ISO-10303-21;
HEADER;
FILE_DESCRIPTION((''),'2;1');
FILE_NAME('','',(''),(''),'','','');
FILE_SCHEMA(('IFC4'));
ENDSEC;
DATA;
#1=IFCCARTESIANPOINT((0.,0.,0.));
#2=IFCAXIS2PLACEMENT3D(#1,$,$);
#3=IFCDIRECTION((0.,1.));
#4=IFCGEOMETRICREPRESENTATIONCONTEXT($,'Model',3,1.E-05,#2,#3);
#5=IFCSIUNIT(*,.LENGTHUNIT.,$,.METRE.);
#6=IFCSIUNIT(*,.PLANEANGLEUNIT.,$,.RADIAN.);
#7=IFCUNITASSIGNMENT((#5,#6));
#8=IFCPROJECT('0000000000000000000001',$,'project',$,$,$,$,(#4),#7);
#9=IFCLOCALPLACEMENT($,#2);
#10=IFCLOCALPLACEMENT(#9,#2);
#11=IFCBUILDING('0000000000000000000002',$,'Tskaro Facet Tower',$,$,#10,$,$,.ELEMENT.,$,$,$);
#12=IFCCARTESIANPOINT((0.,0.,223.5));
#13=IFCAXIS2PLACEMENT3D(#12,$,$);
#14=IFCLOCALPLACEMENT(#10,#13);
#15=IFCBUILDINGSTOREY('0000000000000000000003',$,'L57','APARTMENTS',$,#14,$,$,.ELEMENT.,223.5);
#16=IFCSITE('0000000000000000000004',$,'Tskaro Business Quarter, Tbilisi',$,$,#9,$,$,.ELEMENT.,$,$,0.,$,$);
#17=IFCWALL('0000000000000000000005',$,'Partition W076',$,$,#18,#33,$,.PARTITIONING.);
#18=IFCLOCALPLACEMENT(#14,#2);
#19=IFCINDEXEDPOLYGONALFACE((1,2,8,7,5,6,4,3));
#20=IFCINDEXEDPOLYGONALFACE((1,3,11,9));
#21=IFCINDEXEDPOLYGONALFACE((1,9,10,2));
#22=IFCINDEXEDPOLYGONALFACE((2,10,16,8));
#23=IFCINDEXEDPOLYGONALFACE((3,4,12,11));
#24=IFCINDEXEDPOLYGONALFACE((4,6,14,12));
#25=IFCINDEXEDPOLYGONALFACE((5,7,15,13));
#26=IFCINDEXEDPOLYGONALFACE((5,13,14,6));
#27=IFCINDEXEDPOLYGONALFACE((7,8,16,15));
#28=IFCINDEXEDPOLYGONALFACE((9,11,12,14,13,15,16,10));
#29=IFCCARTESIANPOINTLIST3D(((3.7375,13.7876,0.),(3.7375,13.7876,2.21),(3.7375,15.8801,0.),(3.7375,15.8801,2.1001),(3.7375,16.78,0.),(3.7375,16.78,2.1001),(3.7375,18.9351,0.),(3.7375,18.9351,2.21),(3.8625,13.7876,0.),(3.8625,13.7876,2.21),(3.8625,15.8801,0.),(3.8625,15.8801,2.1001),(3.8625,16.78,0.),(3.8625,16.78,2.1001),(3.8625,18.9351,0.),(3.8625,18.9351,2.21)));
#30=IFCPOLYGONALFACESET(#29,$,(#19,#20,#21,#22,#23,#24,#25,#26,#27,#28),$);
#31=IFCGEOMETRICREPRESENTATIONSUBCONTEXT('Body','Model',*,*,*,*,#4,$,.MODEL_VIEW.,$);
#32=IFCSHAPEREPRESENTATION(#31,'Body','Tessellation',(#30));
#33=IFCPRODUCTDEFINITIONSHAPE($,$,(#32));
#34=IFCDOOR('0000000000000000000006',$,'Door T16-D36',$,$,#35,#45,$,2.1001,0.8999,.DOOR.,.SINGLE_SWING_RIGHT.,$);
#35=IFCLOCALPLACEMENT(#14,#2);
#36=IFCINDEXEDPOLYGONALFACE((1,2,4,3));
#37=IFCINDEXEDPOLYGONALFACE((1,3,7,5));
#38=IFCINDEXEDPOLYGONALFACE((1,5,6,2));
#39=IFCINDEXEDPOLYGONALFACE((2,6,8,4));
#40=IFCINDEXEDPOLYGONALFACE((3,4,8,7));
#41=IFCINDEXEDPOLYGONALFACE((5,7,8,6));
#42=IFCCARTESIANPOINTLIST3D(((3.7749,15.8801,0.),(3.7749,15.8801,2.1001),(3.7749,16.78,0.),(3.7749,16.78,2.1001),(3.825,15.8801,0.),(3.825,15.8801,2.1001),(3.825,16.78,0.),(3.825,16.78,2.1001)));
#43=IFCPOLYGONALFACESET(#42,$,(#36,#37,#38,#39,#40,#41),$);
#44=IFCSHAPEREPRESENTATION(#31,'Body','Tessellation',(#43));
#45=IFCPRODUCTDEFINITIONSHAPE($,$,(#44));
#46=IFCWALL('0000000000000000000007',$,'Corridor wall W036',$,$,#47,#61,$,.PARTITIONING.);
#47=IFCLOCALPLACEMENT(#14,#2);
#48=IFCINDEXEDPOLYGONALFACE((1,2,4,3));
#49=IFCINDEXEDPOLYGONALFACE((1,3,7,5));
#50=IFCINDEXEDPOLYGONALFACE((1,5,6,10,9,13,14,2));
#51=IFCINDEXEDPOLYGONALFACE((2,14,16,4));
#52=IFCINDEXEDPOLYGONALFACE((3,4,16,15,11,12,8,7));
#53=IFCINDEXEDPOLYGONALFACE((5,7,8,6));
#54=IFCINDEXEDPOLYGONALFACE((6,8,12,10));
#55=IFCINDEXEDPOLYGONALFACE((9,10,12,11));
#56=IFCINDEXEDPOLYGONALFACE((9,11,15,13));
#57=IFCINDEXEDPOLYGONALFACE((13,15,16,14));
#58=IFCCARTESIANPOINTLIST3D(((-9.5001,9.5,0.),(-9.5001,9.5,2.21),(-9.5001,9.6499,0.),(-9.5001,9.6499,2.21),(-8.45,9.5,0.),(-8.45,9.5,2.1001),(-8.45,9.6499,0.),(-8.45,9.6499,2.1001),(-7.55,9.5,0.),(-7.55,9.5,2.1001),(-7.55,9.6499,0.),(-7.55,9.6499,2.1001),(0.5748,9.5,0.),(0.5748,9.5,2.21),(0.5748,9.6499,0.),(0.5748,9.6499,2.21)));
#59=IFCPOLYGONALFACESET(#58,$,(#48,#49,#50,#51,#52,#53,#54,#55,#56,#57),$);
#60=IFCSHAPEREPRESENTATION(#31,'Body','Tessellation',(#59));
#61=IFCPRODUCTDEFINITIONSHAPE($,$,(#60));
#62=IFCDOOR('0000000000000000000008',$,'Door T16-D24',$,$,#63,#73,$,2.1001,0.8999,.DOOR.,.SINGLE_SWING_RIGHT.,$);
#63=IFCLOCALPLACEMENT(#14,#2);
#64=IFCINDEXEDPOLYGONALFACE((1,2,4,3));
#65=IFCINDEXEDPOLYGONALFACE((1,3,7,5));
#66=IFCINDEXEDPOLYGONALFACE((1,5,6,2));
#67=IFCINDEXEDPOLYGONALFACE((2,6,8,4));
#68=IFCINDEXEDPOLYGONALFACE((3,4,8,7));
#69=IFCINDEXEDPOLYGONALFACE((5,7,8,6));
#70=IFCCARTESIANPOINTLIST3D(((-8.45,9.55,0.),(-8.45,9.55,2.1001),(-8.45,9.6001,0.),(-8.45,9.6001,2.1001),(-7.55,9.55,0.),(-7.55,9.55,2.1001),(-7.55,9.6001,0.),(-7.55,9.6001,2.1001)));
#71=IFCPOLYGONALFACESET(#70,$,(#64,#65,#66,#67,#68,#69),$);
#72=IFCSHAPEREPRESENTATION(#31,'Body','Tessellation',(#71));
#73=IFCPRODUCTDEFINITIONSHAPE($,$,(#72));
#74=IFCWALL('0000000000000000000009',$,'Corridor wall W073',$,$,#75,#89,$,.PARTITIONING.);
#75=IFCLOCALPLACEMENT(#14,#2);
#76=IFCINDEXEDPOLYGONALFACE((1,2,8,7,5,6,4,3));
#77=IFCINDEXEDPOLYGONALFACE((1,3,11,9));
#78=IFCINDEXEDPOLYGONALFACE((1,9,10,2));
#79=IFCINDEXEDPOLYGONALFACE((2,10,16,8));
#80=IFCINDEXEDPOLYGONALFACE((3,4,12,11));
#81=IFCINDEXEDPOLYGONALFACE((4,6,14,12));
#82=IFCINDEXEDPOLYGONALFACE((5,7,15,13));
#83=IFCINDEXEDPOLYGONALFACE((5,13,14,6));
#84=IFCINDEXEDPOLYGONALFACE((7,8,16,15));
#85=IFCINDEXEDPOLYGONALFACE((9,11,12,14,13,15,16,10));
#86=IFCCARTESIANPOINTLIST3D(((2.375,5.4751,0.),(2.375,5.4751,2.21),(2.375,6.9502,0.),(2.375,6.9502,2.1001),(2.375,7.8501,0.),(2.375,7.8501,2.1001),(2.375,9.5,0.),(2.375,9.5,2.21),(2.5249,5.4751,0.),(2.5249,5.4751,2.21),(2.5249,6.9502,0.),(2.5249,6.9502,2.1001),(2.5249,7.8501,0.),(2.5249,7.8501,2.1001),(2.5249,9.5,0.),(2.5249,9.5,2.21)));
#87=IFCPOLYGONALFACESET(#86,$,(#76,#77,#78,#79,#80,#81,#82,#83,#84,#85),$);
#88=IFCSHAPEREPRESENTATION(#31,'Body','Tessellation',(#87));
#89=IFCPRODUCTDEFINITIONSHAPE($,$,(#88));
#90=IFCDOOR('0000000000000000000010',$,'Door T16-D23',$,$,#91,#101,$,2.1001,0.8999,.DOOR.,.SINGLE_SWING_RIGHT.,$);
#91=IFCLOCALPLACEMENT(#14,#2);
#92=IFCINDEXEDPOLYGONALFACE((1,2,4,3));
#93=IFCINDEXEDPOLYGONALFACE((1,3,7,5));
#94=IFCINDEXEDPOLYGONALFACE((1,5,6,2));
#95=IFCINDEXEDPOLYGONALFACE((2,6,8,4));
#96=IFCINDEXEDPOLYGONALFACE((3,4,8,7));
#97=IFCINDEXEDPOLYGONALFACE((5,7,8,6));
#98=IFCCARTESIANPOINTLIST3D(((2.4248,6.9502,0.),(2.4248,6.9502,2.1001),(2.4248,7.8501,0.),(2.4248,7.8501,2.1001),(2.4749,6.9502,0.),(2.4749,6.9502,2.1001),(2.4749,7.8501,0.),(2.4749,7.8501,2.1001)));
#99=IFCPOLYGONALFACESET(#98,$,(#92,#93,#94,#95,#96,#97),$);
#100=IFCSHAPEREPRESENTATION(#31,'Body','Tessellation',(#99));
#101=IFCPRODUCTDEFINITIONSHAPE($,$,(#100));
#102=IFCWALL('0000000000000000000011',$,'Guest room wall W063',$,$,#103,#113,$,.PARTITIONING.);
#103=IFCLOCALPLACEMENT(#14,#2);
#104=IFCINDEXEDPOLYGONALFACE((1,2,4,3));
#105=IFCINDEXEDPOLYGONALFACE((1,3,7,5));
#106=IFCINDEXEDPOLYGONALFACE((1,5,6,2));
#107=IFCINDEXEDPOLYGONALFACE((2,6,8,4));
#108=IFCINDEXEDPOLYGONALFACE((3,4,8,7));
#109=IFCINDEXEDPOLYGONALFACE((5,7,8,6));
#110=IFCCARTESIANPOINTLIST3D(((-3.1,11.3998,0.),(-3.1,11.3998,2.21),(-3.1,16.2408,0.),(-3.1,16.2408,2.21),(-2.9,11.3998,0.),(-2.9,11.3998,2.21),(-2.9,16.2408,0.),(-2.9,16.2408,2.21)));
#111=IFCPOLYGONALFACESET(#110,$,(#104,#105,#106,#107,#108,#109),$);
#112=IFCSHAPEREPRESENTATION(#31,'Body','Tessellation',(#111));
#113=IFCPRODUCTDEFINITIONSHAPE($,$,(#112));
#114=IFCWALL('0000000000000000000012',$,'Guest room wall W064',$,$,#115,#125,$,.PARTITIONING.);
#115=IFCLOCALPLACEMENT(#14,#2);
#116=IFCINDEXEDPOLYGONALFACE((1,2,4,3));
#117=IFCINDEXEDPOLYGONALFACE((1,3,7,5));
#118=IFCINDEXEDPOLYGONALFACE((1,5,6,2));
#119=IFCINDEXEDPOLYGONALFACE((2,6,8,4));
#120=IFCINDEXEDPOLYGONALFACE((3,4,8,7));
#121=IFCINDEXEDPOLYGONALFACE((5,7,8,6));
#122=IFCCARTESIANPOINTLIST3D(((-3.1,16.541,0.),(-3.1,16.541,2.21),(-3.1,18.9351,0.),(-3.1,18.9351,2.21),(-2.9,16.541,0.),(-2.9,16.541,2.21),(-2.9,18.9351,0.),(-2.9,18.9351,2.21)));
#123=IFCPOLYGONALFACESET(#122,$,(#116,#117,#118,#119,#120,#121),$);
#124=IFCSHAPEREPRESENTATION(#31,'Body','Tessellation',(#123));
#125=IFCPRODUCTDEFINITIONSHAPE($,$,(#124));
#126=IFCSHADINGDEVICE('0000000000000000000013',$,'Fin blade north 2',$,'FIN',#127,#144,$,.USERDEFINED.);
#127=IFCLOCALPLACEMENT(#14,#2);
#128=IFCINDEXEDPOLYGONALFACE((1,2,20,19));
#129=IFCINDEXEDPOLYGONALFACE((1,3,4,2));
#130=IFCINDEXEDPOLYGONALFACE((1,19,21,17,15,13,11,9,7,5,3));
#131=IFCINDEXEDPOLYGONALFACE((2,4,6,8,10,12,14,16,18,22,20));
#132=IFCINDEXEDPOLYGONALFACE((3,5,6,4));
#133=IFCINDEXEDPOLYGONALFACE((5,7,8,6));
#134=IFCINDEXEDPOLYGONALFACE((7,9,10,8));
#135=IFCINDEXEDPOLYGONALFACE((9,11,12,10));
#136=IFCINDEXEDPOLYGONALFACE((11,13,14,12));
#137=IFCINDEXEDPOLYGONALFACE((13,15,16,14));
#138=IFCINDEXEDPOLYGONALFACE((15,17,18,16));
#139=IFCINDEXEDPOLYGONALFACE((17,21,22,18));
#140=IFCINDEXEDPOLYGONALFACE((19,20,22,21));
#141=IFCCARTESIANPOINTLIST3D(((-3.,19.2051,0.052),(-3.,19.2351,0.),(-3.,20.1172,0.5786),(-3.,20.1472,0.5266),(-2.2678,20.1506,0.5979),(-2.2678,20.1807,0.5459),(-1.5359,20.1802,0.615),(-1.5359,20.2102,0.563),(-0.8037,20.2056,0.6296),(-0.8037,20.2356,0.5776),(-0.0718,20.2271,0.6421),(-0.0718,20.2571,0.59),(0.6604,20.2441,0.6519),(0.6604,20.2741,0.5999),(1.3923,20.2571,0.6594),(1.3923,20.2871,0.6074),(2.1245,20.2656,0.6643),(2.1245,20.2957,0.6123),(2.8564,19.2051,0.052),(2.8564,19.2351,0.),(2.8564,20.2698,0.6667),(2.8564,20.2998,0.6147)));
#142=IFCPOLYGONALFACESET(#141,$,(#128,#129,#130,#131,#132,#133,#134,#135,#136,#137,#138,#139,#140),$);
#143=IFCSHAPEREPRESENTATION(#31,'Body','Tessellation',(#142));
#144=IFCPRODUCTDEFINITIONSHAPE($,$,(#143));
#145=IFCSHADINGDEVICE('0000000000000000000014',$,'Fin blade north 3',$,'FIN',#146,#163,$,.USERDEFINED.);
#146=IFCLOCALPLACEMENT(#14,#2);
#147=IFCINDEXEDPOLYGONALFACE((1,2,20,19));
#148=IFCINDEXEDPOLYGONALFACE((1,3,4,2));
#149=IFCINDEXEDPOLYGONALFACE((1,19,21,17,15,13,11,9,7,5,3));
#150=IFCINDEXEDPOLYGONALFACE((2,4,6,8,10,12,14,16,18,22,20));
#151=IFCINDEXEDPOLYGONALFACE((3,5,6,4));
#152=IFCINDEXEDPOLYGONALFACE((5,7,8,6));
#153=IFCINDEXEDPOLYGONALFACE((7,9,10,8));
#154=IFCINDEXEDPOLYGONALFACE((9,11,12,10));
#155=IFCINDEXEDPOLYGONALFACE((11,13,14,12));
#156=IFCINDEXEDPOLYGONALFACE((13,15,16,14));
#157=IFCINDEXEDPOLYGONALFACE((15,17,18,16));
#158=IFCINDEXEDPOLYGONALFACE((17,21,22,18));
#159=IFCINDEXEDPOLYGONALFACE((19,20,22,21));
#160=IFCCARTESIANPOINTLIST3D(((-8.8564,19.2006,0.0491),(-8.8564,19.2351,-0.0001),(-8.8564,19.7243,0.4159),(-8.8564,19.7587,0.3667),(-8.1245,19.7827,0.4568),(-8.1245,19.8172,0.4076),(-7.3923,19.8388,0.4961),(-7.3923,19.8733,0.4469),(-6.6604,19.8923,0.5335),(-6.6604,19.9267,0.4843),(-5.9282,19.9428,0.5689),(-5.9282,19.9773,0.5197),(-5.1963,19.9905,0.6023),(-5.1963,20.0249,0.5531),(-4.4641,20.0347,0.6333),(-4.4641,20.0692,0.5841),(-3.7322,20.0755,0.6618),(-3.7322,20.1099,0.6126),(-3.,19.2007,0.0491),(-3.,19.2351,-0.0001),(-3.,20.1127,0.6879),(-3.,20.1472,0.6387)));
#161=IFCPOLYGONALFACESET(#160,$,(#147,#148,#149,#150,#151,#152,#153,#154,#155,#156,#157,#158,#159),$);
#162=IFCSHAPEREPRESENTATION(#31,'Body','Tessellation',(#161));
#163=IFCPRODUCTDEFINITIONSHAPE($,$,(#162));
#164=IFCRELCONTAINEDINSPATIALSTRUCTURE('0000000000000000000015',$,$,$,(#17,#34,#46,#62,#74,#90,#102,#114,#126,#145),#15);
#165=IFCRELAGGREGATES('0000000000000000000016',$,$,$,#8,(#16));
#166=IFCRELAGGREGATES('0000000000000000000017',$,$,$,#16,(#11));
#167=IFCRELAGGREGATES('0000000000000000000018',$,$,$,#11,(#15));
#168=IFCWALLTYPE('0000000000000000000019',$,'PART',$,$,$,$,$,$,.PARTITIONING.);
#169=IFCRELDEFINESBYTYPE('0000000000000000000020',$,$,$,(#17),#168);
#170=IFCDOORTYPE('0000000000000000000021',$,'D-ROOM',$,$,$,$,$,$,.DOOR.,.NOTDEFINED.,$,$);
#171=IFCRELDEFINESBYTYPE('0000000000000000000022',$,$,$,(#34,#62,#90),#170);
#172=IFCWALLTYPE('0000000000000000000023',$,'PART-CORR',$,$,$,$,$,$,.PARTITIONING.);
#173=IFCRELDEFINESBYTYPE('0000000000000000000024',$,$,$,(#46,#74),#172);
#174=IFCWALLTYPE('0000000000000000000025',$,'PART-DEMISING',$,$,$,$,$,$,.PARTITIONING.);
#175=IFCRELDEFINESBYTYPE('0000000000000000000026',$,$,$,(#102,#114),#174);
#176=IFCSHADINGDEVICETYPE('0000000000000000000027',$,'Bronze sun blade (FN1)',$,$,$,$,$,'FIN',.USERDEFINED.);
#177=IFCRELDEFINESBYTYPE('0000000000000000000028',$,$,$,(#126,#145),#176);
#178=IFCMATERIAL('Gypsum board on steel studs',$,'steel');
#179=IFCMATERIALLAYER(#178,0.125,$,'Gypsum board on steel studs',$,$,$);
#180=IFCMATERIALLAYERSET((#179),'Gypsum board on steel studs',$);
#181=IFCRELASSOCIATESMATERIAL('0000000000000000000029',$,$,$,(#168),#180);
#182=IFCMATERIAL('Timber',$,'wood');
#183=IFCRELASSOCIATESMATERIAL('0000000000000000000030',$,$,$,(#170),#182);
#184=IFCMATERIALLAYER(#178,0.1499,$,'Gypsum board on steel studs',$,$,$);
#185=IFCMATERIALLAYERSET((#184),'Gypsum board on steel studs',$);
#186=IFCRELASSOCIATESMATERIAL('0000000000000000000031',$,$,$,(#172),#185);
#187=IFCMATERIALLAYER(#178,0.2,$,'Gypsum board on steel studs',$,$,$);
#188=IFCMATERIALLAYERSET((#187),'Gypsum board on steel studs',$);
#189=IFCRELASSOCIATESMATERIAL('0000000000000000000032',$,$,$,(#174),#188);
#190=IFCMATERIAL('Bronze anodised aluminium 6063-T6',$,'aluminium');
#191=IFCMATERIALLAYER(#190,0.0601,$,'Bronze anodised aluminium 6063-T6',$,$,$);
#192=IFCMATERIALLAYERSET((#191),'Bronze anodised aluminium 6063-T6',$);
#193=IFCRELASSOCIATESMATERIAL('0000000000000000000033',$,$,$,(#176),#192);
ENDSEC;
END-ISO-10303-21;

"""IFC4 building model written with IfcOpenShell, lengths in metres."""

from ifc_helpers import new_model, si_unit, direction, frame, frame_2d, origin, place, context, subcontext, project, spatial, polyline, rectangle, outline, extrude, material, layer, layer_set, type_object, element, fill, save


model = new_model("IFC4")

# Units and contexts
model_context = context("Model", 3, precision=1e-05, world=origin(), true_north=direction((0.0, 1.0)))
body_context = subcontext(model_context, "Body", "Model", "MODEL_VIEW")
ifc_project = project(units=[si_unit("LENGTHUNIT", "METRE"), si_unit("PLANEANGLEUNIT", "RADIAN")], contexts=[model_context])

# Site, building, storey
site_placement = place(None, origin())
site = spatial("IfcSite", under=ifc_project, at=site_placement, Name="Tskaro Business Quarter, Tbilisi", CompositionType="ELEMENT", RefElevation=0.0)
building_placement = place(site_placement, origin())
building = spatial("IfcBuilding", under=site, at=building_placement, Name="Tskaro Facet Tower", CompositionType="ELEMENT")
storey_placement = place(building_placement, frame((0.0, 0.0, 223.5)))
storey = spatial("IfcBuildingStorey", under=building, at=storey_placement, Name="L57", Description="APARTMENTS", CompositionType="ELEMENT", Elevation=223.5)

# Shared definitions
ifc_material_1 = material(Name="Bronze anodised aluminium 6063-T6", Category="aluminium")

# Shared definitions
ifc_material_2 = material(Name="Gypsum board on steel studs", Category="steel")
ifc_layer_1 = layer(ifc_material_2, 0.125, Name="Gypsum board on steel studs")
ifc_layer_set_1 = layer_set([ifc_layer_1], Name="Gypsum board on steel studs")
wall_type_1 = type_object("IfcWallType", Name="PART", PredefinedType="PARTITIONING", material=ifc_layer_set_1)

# Shared definitions
ifc_material_3 = material(Name="Timber", Category="wood")
door_type_1 = type_object("IfcDoorType", Name="D-ROOM", OperationType="NOTDEFINED", PredefinedType="DOOR", material=ifc_material_3)

# Walls, openings, doors
wall_1_placement = place(storey_placement, frame((3.8, 18.9351, 0.0), z_axis=(0.0, 0.0, 1.0), x_axis=(0.0, -1.0, 0.0)))
wall_1 = element("IfcWall", 1, at=wall_1_placement, inside=storey, type_object=wall_type_1, Name="Partition W076", PredefinedType="PARTITIONING", context=body_context, shape_type="SweptSolid", body=[
    extrude(rectangle(XDim=5.1475, YDim=0.125, at=frame_2d((2.5737, 0.0))), origin(), (0.0, 0.0, 1.0), 2.21),
])
opening_1_placement = place(wall_1_placement, frame((2.155, 0.0, 0.0)))
opening_1 = element("IfcOpeningElement", 2, at=opening_1_placement, cuts=wall_1, PredefinedType="OPENING", context=body_context, shape_type="SweptSolid", body=[
    extrude(rectangle(XDim=0.8999, YDim=2.1001, at=frame_2d((0.45, 1.05))), frame((0.0, 0.0725, 0.0), z_axis=(0.0, -1.0, 0.0), x_axis=(1.0, 0.0, 0.0)), (0.0, 0.0, 1.0), 0.145),
])
door_1_placement = place(opening_1_placement, origin())
door_1 = element("IfcDoor", 3, at=door_1_placement, inside=storey, type_object=door_type_1, Name="Door T16-D36", OperationType="SINGLE_SWING_RIGHT", OverallHeight=2.1001, OverallWidth=0.8999, PredefinedType="DOOR", context=body_context, shape_type="SweptSolid", body=[
    extrude(rectangle(XDim=0.8999, YDim=2.1001, at=frame_2d((0.45, 1.05))), frame((0.0, 0.0249, 0.0), z_axis=(0.0, -1.0, 0.0), x_axis=(1.0, 0.0, 0.0)), (0.0, 0.0, 1.0), 0.05),
])
fill(opening_1, door_1)
ifc_layer_2 = layer(ifc_material_2, 0.1499, Name="Gypsum board on steel studs")
ifc_layer_set_2 = layer_set([ifc_layer_2], Name="Gypsum board on steel studs")
wall_type_2 = type_object("IfcWallType", Name="PART-CORR", PredefinedType="PARTITIONING", material=ifc_layer_set_2)
wall_2_placement = place(storey_placement, frame((0.575, 9.575, 0.0), z_axis=(0.0, 0.0, 1.0), x_axis=(-1.0, 0.0, 0.0)))
wall_2 = element("IfcWall", 4, at=wall_2_placement, inside=storey, type_object=wall_type_2, Name="Corridor wall W036", PredefinedType="PARTITIONING", context=body_context, shape_type="SweptSolid", body=[
    extrude(rectangle(XDim=10.075, YDim=0.1499, at=frame_2d((5.0376, 0.0))), origin(), (0.0, 0.0, 1.0), 2.21),
])
opening_2_placement = place(wall_2_placement, frame((8.125, 0.0, 0.0)))
opening_2 = element("IfcOpeningElement", 5, at=opening_2_placement, cuts=wall_2, PredefinedType="OPENING", context=body_context, shape_type="SweptSolid", body=[
    extrude(rectangle(XDim=0.8999, YDim=2.1001, at=frame_2d((0.45, 1.05))), frame((0.0, 0.085, 0.0), z_axis=(0.0, -1.0, 0.0), x_axis=(1.0, 0.0, 0.0)), (0.0, 0.0, 1.0), 0.1699),
])
door_2_placement = place(opening_2_placement, origin())
door_2 = element("IfcDoor", 6, at=door_2_placement, inside=storey, type_object=door_type_1, Name="Door T16-D24", OperationType="SINGLE_SWING_RIGHT", OverallHeight=2.1001, OverallWidth=0.8999, PredefinedType="DOOR", context=body_context, shape_type="SweptSolid", body=[
    extrude(rectangle(XDim=0.8999, YDim=2.1001, at=frame_2d((0.45, 1.05))), frame((0.0, 0.0249, 0.0), z_axis=(0.0, -1.0, 0.0), x_axis=(1.0, 0.0, 0.0)), (0.0, 0.0, 1.0), 0.05),
])
fill(opening_2, door_2)
wall_3_placement = place(storey_placement, frame((2.45, 9.5, 0.0), z_axis=(0.0, 0.0, 1.0), x_axis=(0.0, -1.0, 0.0)))
wall_3 = element("IfcWall", 7, at=wall_3_placement, inside=storey, type_object=wall_type_2, Name="Corridor wall W073", PredefinedType="PARTITIONING", context=body_context, shape_type="SweptSolid", body=[
    extrude(rectangle(XDim=4.0249, YDim=0.1499, at=frame_2d((2.0125, 0.0))), origin(), (0.0, 0.0, 1.0), 2.21),
])
opening_3_placement = place(wall_3_placement, frame((1.6499, 0.0, 0.0)))
opening_3 = element("IfcOpeningElement", 8, at=opening_3_placement, cuts=wall_3, PredefinedType="OPENING", context=body_context, shape_type="SweptSolid", body=[
    extrude(rectangle(XDim=0.8999, YDim=2.1001, at=frame_2d((0.45, 1.05))), frame((0.0, 0.085, 0.0), z_axis=(0.0, -1.0, 0.0), x_axis=(1.0, 0.0, 0.0)), (0.0, 0.0, 1.0), 0.1699),
])
door_3_placement = place(opening_3_placement, origin())
door_3 = element("IfcDoor", 9, at=door_3_placement, inside=storey, type_object=door_type_1, Name="Door T16-D23", OperationType="SINGLE_SWING_RIGHT", OverallHeight=2.1001, OverallWidth=0.8999, PredefinedType="DOOR", context=body_context, shape_type="SweptSolid", body=[
    extrude(rectangle(XDim=0.8999, YDim=2.1001, at=frame_2d((0.45, 1.05))), frame((0.0, 0.0249, 0.0), z_axis=(0.0, -1.0, 0.0), x_axis=(1.0, 0.0, 0.0)), (0.0, 0.0, 1.0), 0.05),
])
fill(opening_3, door_3)

# Walls
ifc_layer_3 = layer(ifc_material_2, 0.2, Name="Gypsum board on steel studs")
ifc_layer_set_3 = layer_set([ifc_layer_3], Name="Gypsum board on steel studs")
wall_type_3 = type_object("IfcWallType", Name="PART-DEMISING", PredefinedType="PARTITIONING", material=ifc_layer_set_3)
wall_4_placement = place(storey_placement, frame((-3.0, 11.3999, 0.0), z_axis=(0.0, 0.0, 1.0), x_axis=(0.0, 1.0, 0.0)))
element("IfcWall", 10, at=wall_4_placement, inside=storey, type_object=wall_type_3, Name="Guest room wall W063", PredefinedType="PARTITIONING", context=body_context, shape_type="SweptSolid", body=[
    extrude(rectangle(XDim=4.8411, YDim=0.2, at=frame_2d((2.4204, 0.0))), origin(), (0.0, 0.0, 1.0), 2.21),
])
wall_5_placement = place(storey_placement, frame((-3.0, 16.541, 0.0), z_axis=(0.0, 0.0, 1.0), x_axis=(0.0, 1.0, 0.0)))
element("IfcWall", 11, at=wall_5_placement, inside=storey, type_object=wall_type_3, Name="Guest room wall W064", PredefinedType="PARTITIONING", context=body_context, shape_type="SweptSolid", body=[
    extrude(rectangle(XDim=2.394, YDim=0.2, at=frame_2d((1.197, 0.0))), origin(), (0.0, 0.0, 1.0), 2.21),
])

# Shading devices
ifc_layer_4 = layer(ifc_material_1, 0.0601, Name="Bronze anodised aluminium 6063-T6")
ifc_layer_set_4 = layer_set([ifc_layer_4], Name="Bronze anodised aluminium 6063-T6")
shading_device_type = type_object("IfcShadingDeviceType", Name="Bronze sun blade (FN1)", ElementType="FIN", PredefinedType="USERDEFINED", material=ifc_layer_set_4)
shading_device_1_placement = place(storey_placement, frame((2.8564, 19.2051, 0.052), z_axis=(-0.000003, -0.500006, 0.866022), x_axis=(-1.0, 0.000001, -0.000003)))
element("IfcShadingDevice", 12, at=shading_device_1_placement, inside=storey, type_object=shading_device_type, Name="Fin blade north 2", ObjectType="FIN", PredefinedType="USERDEFINED", context=body_context, shape_type="SweptSolid", body=[
    extrude(outline(polyline([(0.0, 0.0), (5.8564, 0.0), (5.8564, -1.0532), (5.1243, -1.0918), (4.3923, -1.126), (3.6602, -1.1553), (2.9282, -1.1801), (2.196, -1.1998), (1.4641, -1.2148), (0.7319, -1.2246), (0.0, -1.2294), (0.0, 0.0)])), origin(), (0.0, 0.0, -1.0), 0.0601),
])
shading_device_2_placement = place(storey_placement, frame((-3.0, 19.2007, 0.0491), z_axis=(0.000011, -0.573694, 0.819069), x_axis=(-1.0, -0.000007, 0.000009)))
element("IfcShadingDevice", 13, at=shading_device_2_placement, inside=storey, type_object=shading_device_type, Name="Fin blade north 3", ObjectType="FIN", PredefinedType="USERDEFINED", context=body_context, shape_type="SweptSolid", body=[
    extrude(outline(polyline([(0.0, 0.0), (5.8564, 0.0), (5.8564, -0.6393), (5.1245, -0.7106), (4.3923, -0.7792), (3.6604, -0.8444), (2.9282, -0.9061), (2.1963, -0.9643), (1.4641, -1.0183), (0.7322, -1.068), (0.0, -1.1135), (0.0, 0.0)])), origin(), (0.0, 0.0, -1.0), 0.0601),
])

save(model, "model.ifc")
